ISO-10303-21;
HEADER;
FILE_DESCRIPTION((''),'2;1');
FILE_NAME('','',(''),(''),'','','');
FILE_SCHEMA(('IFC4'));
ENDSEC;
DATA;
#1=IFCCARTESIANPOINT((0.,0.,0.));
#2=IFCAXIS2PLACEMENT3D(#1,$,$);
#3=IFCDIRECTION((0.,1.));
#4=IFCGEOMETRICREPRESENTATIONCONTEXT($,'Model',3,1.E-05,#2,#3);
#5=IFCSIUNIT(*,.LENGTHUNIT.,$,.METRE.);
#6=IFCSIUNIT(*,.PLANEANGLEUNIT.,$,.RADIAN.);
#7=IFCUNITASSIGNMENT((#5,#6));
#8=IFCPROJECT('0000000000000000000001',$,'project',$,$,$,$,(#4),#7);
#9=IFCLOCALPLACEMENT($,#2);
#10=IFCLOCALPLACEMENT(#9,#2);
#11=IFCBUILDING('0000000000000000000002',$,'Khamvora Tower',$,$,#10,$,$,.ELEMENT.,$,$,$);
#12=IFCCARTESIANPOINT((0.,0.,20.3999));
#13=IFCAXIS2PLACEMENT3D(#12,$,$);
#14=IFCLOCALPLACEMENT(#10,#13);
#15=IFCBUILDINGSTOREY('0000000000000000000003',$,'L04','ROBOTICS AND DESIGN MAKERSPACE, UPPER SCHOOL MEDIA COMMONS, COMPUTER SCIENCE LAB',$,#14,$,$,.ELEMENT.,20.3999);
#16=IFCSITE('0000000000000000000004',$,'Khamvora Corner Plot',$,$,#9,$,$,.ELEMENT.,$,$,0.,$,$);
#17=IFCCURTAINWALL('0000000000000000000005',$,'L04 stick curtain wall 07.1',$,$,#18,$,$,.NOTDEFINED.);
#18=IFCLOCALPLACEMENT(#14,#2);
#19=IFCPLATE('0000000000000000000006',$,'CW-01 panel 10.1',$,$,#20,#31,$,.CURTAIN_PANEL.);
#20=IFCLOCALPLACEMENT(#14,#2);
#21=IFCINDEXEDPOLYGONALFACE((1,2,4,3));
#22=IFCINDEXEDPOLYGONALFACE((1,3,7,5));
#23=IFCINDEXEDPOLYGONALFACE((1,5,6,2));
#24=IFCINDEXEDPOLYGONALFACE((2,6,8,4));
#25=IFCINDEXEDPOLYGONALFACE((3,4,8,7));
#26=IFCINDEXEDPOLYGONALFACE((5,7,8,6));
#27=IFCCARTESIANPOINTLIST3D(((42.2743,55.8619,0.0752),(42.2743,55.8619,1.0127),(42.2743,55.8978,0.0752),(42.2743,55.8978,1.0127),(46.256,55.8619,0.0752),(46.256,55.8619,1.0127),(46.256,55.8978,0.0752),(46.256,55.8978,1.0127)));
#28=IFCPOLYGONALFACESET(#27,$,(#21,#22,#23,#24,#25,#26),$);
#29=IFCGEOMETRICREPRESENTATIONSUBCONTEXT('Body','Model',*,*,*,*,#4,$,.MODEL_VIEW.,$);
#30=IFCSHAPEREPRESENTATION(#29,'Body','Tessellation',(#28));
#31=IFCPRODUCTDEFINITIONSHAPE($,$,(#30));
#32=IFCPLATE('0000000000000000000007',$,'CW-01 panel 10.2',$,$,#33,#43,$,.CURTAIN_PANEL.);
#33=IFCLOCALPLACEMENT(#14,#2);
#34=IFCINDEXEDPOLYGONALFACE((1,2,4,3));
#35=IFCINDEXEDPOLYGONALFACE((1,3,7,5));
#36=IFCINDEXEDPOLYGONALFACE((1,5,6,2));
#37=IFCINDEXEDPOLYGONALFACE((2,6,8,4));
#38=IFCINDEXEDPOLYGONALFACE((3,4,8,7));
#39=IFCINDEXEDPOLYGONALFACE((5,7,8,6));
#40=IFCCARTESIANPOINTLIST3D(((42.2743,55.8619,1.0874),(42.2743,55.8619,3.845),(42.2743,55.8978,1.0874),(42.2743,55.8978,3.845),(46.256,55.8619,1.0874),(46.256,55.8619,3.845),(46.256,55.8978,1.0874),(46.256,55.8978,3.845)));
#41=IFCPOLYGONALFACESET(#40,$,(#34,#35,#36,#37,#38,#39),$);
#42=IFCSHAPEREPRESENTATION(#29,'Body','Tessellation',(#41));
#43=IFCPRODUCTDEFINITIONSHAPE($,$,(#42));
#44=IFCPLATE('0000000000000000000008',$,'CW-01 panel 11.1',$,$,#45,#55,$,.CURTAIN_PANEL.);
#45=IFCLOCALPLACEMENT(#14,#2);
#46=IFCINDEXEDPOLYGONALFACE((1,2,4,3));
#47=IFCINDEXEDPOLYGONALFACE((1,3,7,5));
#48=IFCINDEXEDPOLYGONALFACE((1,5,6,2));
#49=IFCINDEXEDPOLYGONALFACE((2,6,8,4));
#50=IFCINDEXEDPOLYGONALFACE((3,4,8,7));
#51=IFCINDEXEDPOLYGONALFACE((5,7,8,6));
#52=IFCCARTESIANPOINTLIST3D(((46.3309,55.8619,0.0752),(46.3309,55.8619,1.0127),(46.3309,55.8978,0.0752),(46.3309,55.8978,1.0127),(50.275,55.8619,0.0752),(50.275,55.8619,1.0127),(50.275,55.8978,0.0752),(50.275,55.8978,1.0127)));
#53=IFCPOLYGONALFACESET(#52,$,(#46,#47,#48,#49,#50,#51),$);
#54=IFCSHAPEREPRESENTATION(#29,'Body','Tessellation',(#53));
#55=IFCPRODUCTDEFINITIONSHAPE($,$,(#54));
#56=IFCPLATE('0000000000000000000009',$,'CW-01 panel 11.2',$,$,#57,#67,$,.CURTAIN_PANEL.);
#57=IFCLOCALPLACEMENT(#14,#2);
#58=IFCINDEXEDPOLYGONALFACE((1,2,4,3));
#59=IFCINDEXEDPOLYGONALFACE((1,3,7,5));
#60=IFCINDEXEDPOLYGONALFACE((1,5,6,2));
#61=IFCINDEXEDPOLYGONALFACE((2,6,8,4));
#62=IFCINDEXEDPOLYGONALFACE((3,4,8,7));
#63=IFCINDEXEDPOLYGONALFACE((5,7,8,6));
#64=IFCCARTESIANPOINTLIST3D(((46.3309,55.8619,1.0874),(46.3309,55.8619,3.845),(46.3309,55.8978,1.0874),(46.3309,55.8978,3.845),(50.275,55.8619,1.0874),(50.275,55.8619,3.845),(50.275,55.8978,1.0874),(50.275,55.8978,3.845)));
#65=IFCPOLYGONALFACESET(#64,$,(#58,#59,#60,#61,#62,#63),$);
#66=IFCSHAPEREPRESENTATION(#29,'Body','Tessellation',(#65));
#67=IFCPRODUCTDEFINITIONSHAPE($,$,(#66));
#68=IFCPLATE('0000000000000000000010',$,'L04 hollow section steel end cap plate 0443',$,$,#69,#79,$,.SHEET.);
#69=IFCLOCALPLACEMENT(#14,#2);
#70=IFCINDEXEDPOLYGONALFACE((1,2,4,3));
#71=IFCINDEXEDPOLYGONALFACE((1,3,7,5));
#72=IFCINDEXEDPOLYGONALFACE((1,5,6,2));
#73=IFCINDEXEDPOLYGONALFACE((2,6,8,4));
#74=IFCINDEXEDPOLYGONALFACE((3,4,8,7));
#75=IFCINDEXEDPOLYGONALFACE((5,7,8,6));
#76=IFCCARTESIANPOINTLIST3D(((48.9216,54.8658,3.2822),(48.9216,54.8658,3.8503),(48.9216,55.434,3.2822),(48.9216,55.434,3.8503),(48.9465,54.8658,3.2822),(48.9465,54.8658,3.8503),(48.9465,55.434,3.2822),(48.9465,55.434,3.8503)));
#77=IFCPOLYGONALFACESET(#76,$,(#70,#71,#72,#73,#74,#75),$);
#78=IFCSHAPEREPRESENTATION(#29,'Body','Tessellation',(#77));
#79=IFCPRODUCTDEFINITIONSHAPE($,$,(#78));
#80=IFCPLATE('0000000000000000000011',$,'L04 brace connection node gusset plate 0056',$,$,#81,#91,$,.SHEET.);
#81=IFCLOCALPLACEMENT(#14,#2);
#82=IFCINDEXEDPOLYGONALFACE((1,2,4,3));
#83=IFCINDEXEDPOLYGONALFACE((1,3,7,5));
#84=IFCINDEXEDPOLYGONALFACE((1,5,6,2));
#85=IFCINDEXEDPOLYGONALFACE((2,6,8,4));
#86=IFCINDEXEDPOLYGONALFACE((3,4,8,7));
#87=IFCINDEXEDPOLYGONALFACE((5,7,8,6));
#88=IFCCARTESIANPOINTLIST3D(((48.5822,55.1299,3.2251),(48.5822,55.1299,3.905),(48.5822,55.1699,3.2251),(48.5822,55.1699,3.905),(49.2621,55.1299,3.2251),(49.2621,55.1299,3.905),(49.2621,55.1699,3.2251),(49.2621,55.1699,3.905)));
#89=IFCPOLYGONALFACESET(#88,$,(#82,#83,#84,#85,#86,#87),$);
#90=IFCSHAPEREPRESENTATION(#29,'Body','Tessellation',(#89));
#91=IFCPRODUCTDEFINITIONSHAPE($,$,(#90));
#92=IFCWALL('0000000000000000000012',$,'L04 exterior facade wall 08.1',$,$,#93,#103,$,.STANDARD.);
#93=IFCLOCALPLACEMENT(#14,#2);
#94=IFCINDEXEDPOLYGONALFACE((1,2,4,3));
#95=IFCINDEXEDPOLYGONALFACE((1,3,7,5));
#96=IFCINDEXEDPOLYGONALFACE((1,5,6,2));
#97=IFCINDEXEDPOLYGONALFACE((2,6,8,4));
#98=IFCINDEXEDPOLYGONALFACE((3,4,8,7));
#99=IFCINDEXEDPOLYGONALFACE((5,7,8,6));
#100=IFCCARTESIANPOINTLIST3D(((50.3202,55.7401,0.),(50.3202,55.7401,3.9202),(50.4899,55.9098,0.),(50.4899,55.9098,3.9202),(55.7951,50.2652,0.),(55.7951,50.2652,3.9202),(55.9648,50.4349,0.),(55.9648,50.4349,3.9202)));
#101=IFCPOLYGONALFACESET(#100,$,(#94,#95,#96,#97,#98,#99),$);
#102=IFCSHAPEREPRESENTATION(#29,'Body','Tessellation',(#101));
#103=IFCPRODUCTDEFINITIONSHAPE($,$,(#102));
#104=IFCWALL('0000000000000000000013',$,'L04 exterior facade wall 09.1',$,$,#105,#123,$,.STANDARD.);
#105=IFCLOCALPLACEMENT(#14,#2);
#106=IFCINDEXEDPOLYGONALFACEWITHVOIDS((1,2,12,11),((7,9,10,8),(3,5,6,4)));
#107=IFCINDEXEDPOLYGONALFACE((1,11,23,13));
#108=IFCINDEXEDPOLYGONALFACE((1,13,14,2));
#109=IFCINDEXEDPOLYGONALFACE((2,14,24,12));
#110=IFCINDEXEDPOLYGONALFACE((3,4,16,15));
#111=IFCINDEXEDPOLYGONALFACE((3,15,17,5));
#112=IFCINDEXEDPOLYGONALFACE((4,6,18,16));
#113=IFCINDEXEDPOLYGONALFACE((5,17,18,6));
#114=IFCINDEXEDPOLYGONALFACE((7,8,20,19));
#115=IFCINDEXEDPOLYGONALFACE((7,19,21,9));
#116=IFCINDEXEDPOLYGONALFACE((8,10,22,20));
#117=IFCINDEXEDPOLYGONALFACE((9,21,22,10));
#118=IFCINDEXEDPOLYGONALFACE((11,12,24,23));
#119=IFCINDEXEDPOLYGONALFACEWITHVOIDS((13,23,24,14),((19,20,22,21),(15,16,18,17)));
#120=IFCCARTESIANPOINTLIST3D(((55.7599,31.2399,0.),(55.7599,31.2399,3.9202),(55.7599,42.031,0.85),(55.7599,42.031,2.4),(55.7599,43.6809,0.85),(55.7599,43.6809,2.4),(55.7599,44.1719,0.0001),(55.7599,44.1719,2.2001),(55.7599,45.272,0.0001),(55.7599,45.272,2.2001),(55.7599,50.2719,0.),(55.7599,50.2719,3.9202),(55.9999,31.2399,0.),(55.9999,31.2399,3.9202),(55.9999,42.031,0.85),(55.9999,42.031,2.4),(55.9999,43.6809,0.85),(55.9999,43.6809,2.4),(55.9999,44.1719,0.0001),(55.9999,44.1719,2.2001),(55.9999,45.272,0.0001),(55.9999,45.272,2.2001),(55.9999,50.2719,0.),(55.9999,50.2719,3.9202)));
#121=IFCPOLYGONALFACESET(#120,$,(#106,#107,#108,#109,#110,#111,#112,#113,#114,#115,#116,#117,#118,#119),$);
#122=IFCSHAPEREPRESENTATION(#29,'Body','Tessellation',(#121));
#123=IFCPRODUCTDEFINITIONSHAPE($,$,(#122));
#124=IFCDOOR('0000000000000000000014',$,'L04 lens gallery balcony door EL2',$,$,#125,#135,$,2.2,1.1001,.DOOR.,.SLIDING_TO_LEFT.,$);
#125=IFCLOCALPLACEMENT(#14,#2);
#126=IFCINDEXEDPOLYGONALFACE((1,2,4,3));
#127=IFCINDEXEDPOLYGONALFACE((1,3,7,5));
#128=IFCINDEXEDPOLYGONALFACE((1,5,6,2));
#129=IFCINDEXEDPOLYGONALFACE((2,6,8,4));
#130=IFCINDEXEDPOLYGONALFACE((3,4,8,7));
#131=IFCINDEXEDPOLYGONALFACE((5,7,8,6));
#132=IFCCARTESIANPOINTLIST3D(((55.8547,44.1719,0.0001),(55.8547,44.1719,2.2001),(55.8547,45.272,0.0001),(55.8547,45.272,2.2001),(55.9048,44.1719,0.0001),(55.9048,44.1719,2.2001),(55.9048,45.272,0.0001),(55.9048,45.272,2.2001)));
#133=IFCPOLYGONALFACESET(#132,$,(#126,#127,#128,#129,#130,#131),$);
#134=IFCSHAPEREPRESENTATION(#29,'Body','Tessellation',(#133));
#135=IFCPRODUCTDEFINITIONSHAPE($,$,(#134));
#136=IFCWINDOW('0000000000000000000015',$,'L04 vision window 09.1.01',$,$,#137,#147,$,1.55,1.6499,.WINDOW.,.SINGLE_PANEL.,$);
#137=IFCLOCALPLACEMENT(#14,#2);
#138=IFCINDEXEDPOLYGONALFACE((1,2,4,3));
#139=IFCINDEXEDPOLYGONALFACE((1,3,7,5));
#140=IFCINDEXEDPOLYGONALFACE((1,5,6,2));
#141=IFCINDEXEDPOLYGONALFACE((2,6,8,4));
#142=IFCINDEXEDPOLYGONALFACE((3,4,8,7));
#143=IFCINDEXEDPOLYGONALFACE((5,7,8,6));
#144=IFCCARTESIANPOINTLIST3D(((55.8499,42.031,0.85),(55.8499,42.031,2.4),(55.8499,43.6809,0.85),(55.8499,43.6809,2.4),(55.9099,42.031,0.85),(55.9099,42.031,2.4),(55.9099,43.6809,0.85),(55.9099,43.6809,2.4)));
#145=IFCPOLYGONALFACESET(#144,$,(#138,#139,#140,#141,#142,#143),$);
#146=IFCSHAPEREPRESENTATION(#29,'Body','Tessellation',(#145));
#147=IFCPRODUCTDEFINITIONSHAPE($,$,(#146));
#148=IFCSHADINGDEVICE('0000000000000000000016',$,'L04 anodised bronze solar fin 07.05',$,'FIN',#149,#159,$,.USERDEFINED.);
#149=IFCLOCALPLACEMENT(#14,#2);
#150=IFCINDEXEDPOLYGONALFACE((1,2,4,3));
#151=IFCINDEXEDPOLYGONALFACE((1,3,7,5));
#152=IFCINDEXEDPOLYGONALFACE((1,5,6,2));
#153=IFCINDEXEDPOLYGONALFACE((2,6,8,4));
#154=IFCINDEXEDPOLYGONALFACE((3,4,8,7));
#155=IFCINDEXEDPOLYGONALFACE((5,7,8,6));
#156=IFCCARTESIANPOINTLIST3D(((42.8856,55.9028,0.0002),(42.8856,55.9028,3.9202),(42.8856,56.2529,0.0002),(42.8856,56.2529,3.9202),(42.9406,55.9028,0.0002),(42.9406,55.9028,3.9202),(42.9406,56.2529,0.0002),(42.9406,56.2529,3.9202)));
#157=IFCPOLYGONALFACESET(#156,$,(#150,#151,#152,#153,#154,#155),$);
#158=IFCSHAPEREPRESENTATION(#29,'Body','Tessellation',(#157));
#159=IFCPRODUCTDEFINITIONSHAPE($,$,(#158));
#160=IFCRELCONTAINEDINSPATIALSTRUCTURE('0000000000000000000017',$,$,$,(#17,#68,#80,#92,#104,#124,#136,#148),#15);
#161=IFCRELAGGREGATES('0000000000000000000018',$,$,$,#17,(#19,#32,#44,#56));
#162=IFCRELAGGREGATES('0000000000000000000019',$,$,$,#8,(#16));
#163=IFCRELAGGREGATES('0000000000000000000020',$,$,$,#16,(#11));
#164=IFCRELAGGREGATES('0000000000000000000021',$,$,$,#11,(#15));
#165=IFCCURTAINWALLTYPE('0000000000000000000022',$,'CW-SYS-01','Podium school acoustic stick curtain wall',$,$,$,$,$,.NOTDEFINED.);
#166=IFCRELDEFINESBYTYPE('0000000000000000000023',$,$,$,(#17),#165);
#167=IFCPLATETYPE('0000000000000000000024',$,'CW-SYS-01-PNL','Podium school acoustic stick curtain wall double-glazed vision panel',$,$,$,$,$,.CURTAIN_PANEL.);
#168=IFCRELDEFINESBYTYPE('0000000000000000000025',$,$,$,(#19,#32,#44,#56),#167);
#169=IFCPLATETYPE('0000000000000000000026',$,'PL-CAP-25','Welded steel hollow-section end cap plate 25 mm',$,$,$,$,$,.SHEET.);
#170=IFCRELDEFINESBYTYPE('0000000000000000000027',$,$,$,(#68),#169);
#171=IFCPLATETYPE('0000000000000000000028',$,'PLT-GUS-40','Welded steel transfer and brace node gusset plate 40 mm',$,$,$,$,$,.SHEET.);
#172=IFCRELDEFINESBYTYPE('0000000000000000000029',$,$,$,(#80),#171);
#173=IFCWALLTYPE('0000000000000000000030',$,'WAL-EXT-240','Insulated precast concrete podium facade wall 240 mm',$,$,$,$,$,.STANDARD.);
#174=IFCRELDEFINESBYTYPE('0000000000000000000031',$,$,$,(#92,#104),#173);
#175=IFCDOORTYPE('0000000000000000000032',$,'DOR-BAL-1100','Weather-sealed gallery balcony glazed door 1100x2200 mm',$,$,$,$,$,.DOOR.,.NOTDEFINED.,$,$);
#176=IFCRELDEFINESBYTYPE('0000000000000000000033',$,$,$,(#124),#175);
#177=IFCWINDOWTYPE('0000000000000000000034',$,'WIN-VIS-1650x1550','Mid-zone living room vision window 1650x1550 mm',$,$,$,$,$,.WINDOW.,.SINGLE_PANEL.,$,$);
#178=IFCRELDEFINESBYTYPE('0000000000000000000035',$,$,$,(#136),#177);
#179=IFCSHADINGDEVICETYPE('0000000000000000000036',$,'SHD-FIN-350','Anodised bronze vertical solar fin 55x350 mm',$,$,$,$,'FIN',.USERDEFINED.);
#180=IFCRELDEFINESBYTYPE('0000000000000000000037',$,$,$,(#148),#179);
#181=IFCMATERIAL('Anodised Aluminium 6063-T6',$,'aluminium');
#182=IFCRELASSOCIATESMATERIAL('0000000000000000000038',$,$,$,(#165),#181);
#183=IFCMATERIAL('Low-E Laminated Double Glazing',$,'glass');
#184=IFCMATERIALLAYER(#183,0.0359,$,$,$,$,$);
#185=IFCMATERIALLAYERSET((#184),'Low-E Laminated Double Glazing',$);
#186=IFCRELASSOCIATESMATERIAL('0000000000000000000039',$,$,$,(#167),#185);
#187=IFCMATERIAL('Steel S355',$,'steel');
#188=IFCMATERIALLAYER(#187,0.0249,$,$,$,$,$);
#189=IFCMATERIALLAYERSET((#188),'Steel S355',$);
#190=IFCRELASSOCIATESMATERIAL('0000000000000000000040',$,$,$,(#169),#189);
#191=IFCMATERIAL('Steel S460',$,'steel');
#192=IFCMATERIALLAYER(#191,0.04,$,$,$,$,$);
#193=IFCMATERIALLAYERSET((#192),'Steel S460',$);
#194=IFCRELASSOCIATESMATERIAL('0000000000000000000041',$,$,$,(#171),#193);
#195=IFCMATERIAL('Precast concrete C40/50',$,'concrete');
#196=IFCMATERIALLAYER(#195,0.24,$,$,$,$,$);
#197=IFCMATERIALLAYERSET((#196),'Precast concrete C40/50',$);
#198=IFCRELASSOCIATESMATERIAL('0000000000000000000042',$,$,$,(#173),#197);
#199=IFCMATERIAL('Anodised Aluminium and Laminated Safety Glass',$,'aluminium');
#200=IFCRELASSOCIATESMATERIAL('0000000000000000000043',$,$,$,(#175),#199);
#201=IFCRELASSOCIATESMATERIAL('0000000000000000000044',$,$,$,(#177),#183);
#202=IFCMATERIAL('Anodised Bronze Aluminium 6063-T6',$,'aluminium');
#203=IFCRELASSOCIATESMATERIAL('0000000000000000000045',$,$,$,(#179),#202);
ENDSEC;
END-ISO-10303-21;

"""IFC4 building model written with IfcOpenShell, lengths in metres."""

from ifc_helpers import new_model, si_unit, direction, frame, frame_2d, origin, origin_2d, place, context, subcontext, project, spatial, rectangle, extrude, material, layer, layer_set, type_object, element, fill, aggregate, save


model = new_model("IFC4")

# Units and contexts
model_context = context("Model", 3, precision=1e-05, world=origin(), true_north=direction((0.0, 1.0)))
body_context = subcontext(model_context, "Body", "Model", "MODEL_VIEW")
ifc_project = project(units=[si_unit("LENGTHUNIT", "METRE"), si_unit("PLANEANGLEUNIT", "RADIAN")], contexts=[model_context])

# Site, building, storey
site_placement = place(None, origin())
site = spatial("IfcSite", under=ifc_project, at=site_placement, Name="Khamvora Corner Plot", CompositionType="ELEMENT", RefElevation=0.0)
building_placement = place(site_placement, origin())
building = spatial("IfcBuilding", under=site, at=building_placement, Name="Khamvora Tower", CompositionType="ELEMENT")
storey_placement = place(building_placement, frame((0.0, 0.0, 20.3999)))
storey = spatial("IfcBuildingStorey", under=building, at=storey_placement, Name="L04", Description="ROBOTICS AND DESIGN MAKERSPACE, UPPER SCHOOL MEDIA COMMONS, COMPUTER SCIENCE LAB", CompositionType="ELEMENT", Elevation=20.3999)

# Shared definitions
ifc_material_1 = material(Name="Steel S460", Category="steel")

# Shared definitions
ifc_material_2 = material(Name="Steel S355", Category="steel")

# Curtain wall, plates
ifc_material_3 = material(Name="Anodised Aluminium 6063-T6", Category="aluminium")
curtain_wall_type = type_object("IfcCurtainWallType", Name="CW-SYS-01", Description="Podium school acoustic stick curtain wall", PredefinedType="NOTDEFINED", material=ifc_material_3)
curtain_wall_placement = place(storey_placement, origin())
curtain_wall = element("IfcCurtainWall", 1, at=curtain_wall_placement, inside=storey, type_object=curtain_wall_type, Name="L04 stick curtain wall 07.1", PredefinedType="NOTDEFINED")
ifc_material_4 = material(Name="Low-E Laminated Double Glazing", Category="glass")
ifc_layer_1 = layer(ifc_material_4, 0.0359)
ifc_layer_set_1 = layer_set([ifc_layer_1], Name="Low-E Laminated Double Glazing")
plate_type_1 = type_object("IfcPlateType", Name="CW-SYS-01-PNL", Description="Podium school acoustic stick curtain wall double-glazed vision panel", PredefinedType="CURTAIN_PANEL", material=ifc_layer_set_1)
plate_1_placement = place(storey_placement, frame((44.2651, 55.8799, 0.0752), z_axis=(0.0, 0.0, 1.0), x_axis=(1.0, 0.0, 0.0)))
plate_1 = element("IfcPlate", 2, at=plate_1_placement, type_object=plate_type_1, Name="CW-01 panel 10.1", PredefinedType="CURTAIN_PANEL", context=body_context, shape_type="SweptSolid", body=[
    extrude(rectangle(XDim=3.9817, YDim=0.0359, at=origin_2d()), origin(), (0.0, 0.0, 1.0), 0.9375),
])
plate_2_placement = place(storey_placement, frame((44.2651, 55.8799, 1.0874), z_axis=(0.0, 0.0, 1.0), x_axis=(1.0, 0.0, 0.0)))
plate_2 = element("IfcPlate", 3, at=plate_2_placement, type_object=plate_type_1, Name="CW-01 panel 10.2", PredefinedType="CURTAIN_PANEL", context=body_context, shape_type="SweptSolid", body=[
    extrude(rectangle(XDim=3.9817, YDim=0.0359, at=origin_2d()), origin(), (0.0, 0.0, 1.0), 2.7576),
])
plate_3_placement = place(storey_placement, frame((48.303, 55.8799, 0.0752), z_axis=(0.0, 0.0, 1.0), x_axis=(1.0, 0.0, 0.0)))
plate_3 = element("IfcPlate", 4, at=plate_3_placement, type_object=plate_type_1, Name="CW-01 panel 11.1", PredefinedType="CURTAIN_PANEL", context=body_context, shape_type="SweptSolid", body=[
    extrude(rectangle(XDim=3.9441, YDim=0.0359, at=origin_2d()), origin(), (0.0, 0.0, 1.0), 0.9375),
])
plate_4_placement = place(storey_placement, frame((48.303, 55.8799, 1.0874), z_axis=(0.0, 0.0, 1.0), x_axis=(1.0, 0.0, 0.0)))
plate_4 = element("IfcPlate", 5, at=plate_4_placement, type_object=plate_type_1, Name="CW-01 panel 11.2", PredefinedType="CURTAIN_PANEL", context=body_context, shape_type="SweptSolid", body=[
    extrude(rectangle(XDim=3.9441, YDim=0.0359, at=origin_2d()), origin(), (0.0, 0.0, 1.0), 2.7576),
])
aggregate(curtain_wall, [plate_1, plate_2, plate_3, plate_4])

# Plates
ifc_layer_2 = layer(ifc_material_2, 0.0249)
ifc_layer_set_2 = layer_set([ifc_layer_2], Name="Steel S355")
plate_type_2 = type_object("IfcPlateType", Name="PL-CAP-25", Description="Welded steel hollow-section end cap plate 25 mm", PredefinedType="SHEET", material=ifc_layer_set_2)
plate_5_placement = place(storey_placement, frame((48.9341, 55.1499, 3.2822), z_axis=(0.0, 0.0, 1.0), x_axis=(1.0, 0.0, 0.0)))
element("IfcPlate", 6, at=plate_5_placement, inside=storey, type_object=plate_type_2, Name="L04 hollow section steel end cap plate 0443", PredefinedType="SHEET", context=body_context, shape_type="SweptSolid", body=[
    extrude(rectangle(XDim=0.0249, YDim=0.5681, at=origin_2d()), origin(), (0.0, 0.0, 1.0), 0.5681),
])
ifc_layer_3 = layer(ifc_material_1, 0.04)
ifc_layer_set_3 = layer_set([ifc_layer_3], Name="Steel S460")
plate_type_3 = type_object("IfcPlateType", Name="PLT-GUS-40", Description="Welded steel transfer and brace node gusset plate 40 mm", PredefinedType="SHEET", material=ifc_layer_set_3)
plate_6_placement = place(storey_placement, frame((48.9221, 55.1499, 3.2251), z_axis=(0.0, 0.0, 1.0), x_axis=(1.0, 0.0, 0.0)))
element("IfcPlate", 7, at=plate_6_placement, inside=storey, type_object=plate_type_3, Name="L04 brace connection node gusset plate 0056", PredefinedType="SHEET", context=body_context, shape_type="SweptSolid", body=[
    extrude(rectangle(XDim=0.6799, YDim=0.04, at=origin_2d()), origin(), (0.0, 0.0, 1.0), 0.6799),
])

# Wall
ifc_material_5 = material(Name="Precast concrete C40/50", Category="concrete")
ifc_layer_4 = layer(ifc_material_5, 0.24)
ifc_layer_set_4 = layer_set([ifc_layer_4], Name="Precast concrete C40/50")
wall_type = type_object("IfcWallType", Name="WAL-EXT-240", Description="Insulated precast concrete podium facade wall 240 mm", PredefinedType="STANDARD", material=ifc_layer_set_4)
wall_1_placement = place(storey_placement, frame((50.405, 55.825, 0.0), z_axis=(0.0, 0.0, 1.0), x_axis=(0.707107, -0.707107, 0.0)))
element("IfcWall", 8, at=wall_1_placement, inside=storey, type_object=wall_type, Name="L04 exterior facade wall 08.1", PredefinedType="STANDARD", context=body_context, shape_type="SweptSolid", body=[
    extrude(rectangle(XDim=7.7427, YDim=0.24, at=frame_2d((3.8713, 0.0))), origin(), (0.0, 0.0, 1.0), 3.9202),
])

# Wall, openings, door, window
wall_2_placement = place(storey_placement, frame((55.8799, 50.272, 0.0), z_axis=(0.0, 0.0, 1.0), x_axis=(0.0, -1.0, 0.0)))
wall_2 = element("IfcWall", 9, at=wall_2_placement, inside=storey, type_object=wall_type, Name="L04 exterior facade wall 09.1", PredefinedType="STANDARD", context=body_context, shape_type="SweptSolid", body=[
    extrude(rectangle(XDim=19.032, YDim=0.24, at=frame_2d((9.5161, 0.0))), origin(), (0.0, 0.0, 1.0), 3.9202),
])
opening_1_placement = place(wall_2_placement, frame((5.0, 0.0, 0.0)))
opening_1 = element("IfcOpeningElement", 10, at=opening_1_placement, cuts=wall_2, PredefinedType="OPENING", context=body_context, shape_type="SweptSolid", body=[
    extrude(rectangle(XDim=1.1001, YDim=2.2, at=frame_2d((0.55, 1.1001))), frame((0.0, 0.1299, 0.0), z_axis=(0.0, -1.0, 0.0), x_axis=(1.0, 0.0, 0.0)), (0.0, 0.0, 1.0), 0.26),
])
opening_2_placement = place(wall_2_placement, frame((6.5911, 0.0, 0.8501)))
opening_2 = element("IfcOpeningElement", 11, at=opening_2_placement, cuts=wall_2, PredefinedType="OPENING", context=body_context, shape_type="SweptSolid", body=[
    extrude(rectangle(XDim=1.6499, YDim=1.55, at=frame_2d((0.825, 0.7749))), frame((0.0, 0.1299, 0.0), z_axis=(0.0, -1.0, 0.0), x_axis=(1.0, 0.0, 0.0)), (0.0, 0.0, 1.0), 0.26),
])
ifc_material_6 = material(Name="Anodised Aluminium and Laminated Safety Glass", Category="aluminium")
door_type = type_object("IfcDoorType", Name="DOR-BAL-1100", Description="Weather-sealed gallery balcony glazed door 1100x2200 mm", OperationType="NOTDEFINED", PredefinedType="DOOR", material=ifc_material_6)
door_placement = place(opening_1_placement, origin())
door = element("IfcDoor", 12, at=door_placement, inside=storey, type_object=door_type, Name="L04 lens gallery balcony door EL2", OperationType="SLIDING_TO_LEFT", OverallHeight=2.2, OverallWidth=1.1001, PredefinedType="DOOR", context=body_context, shape_type="SweptSolid", body=[
    extrude(rectangle(XDim=1.1001, YDim=2.2, at=frame_2d((0.55, 1.1001))), frame((0.0, 0.0249, 0.0), z_axis=(0.0, -1.0, 0.0), x_axis=(1.0, 0.0, 0.0)), (0.0, 0.0, 1.0), 0.05),
])
fill(opening_1, door)
window_type = type_object("IfcWindowType", Name="WIN-VIS-1650x1550", Description="Mid-zone living room vision window 1650x1550 mm", PartitioningType="SINGLE_PANEL", PredefinedType="WINDOW", material=ifc_material_4)
window_placement = place(opening_2_placement, origin())
window = element("IfcWindow", 13, at=window_placement, inside=storey, type_object=window_type, Name="L04 vision window 09.1.01", OverallHeight=1.55, OverallWidth=1.6499, PartitioningType="SINGLE_PANEL", PredefinedType="WINDOW", context=body_context, shape_type="SweptSolid", body=[
    extrude(rectangle(XDim=1.6499, YDim=1.55, at=frame_2d((0.825, 0.7749))), frame((0.0, 0.03, 0.0), z_axis=(0.0, -1.0, 0.0), x_axis=(1.0, 0.0, 0.0)), (0.0, 0.0, 1.0), 0.0601),
])
fill(opening_2, window)

# Shading device
ifc_material_7 = material(Name="Anodised Bronze Aluminium 6063-T6", Category="aluminium")
shading_device_type = type_object("IfcShadingDeviceType", Name="SHD-FIN-350", Description="Anodised bronze vertical solar fin 55x350 mm", ElementType="FIN", PredefinedType="USERDEFINED", material=ifc_material_7)
shading_device_placement = place(storey_placement, frame((42.9131, 56.0779, 0.0002), z_axis=(0.0, 0.0, 1.0), x_axis=(1.0, 0.0, 0.0)))
element("IfcShadingDevice", 14, at=shading_device_placement, inside=storey, type_object=shading_device_type, Name="L04 anodised bronze solar fin 07.05", ObjectType="FIN", PredefinedType="USERDEFINED", context=body_context, shape_type="SweptSolid", body=[
    extrude(rectangle(XDim=0.0549, YDim=0.3501, at=origin_2d()), origin(), (0.0, 0.0, 1.0), 3.9199),
])

save(model, "model.ifc")
